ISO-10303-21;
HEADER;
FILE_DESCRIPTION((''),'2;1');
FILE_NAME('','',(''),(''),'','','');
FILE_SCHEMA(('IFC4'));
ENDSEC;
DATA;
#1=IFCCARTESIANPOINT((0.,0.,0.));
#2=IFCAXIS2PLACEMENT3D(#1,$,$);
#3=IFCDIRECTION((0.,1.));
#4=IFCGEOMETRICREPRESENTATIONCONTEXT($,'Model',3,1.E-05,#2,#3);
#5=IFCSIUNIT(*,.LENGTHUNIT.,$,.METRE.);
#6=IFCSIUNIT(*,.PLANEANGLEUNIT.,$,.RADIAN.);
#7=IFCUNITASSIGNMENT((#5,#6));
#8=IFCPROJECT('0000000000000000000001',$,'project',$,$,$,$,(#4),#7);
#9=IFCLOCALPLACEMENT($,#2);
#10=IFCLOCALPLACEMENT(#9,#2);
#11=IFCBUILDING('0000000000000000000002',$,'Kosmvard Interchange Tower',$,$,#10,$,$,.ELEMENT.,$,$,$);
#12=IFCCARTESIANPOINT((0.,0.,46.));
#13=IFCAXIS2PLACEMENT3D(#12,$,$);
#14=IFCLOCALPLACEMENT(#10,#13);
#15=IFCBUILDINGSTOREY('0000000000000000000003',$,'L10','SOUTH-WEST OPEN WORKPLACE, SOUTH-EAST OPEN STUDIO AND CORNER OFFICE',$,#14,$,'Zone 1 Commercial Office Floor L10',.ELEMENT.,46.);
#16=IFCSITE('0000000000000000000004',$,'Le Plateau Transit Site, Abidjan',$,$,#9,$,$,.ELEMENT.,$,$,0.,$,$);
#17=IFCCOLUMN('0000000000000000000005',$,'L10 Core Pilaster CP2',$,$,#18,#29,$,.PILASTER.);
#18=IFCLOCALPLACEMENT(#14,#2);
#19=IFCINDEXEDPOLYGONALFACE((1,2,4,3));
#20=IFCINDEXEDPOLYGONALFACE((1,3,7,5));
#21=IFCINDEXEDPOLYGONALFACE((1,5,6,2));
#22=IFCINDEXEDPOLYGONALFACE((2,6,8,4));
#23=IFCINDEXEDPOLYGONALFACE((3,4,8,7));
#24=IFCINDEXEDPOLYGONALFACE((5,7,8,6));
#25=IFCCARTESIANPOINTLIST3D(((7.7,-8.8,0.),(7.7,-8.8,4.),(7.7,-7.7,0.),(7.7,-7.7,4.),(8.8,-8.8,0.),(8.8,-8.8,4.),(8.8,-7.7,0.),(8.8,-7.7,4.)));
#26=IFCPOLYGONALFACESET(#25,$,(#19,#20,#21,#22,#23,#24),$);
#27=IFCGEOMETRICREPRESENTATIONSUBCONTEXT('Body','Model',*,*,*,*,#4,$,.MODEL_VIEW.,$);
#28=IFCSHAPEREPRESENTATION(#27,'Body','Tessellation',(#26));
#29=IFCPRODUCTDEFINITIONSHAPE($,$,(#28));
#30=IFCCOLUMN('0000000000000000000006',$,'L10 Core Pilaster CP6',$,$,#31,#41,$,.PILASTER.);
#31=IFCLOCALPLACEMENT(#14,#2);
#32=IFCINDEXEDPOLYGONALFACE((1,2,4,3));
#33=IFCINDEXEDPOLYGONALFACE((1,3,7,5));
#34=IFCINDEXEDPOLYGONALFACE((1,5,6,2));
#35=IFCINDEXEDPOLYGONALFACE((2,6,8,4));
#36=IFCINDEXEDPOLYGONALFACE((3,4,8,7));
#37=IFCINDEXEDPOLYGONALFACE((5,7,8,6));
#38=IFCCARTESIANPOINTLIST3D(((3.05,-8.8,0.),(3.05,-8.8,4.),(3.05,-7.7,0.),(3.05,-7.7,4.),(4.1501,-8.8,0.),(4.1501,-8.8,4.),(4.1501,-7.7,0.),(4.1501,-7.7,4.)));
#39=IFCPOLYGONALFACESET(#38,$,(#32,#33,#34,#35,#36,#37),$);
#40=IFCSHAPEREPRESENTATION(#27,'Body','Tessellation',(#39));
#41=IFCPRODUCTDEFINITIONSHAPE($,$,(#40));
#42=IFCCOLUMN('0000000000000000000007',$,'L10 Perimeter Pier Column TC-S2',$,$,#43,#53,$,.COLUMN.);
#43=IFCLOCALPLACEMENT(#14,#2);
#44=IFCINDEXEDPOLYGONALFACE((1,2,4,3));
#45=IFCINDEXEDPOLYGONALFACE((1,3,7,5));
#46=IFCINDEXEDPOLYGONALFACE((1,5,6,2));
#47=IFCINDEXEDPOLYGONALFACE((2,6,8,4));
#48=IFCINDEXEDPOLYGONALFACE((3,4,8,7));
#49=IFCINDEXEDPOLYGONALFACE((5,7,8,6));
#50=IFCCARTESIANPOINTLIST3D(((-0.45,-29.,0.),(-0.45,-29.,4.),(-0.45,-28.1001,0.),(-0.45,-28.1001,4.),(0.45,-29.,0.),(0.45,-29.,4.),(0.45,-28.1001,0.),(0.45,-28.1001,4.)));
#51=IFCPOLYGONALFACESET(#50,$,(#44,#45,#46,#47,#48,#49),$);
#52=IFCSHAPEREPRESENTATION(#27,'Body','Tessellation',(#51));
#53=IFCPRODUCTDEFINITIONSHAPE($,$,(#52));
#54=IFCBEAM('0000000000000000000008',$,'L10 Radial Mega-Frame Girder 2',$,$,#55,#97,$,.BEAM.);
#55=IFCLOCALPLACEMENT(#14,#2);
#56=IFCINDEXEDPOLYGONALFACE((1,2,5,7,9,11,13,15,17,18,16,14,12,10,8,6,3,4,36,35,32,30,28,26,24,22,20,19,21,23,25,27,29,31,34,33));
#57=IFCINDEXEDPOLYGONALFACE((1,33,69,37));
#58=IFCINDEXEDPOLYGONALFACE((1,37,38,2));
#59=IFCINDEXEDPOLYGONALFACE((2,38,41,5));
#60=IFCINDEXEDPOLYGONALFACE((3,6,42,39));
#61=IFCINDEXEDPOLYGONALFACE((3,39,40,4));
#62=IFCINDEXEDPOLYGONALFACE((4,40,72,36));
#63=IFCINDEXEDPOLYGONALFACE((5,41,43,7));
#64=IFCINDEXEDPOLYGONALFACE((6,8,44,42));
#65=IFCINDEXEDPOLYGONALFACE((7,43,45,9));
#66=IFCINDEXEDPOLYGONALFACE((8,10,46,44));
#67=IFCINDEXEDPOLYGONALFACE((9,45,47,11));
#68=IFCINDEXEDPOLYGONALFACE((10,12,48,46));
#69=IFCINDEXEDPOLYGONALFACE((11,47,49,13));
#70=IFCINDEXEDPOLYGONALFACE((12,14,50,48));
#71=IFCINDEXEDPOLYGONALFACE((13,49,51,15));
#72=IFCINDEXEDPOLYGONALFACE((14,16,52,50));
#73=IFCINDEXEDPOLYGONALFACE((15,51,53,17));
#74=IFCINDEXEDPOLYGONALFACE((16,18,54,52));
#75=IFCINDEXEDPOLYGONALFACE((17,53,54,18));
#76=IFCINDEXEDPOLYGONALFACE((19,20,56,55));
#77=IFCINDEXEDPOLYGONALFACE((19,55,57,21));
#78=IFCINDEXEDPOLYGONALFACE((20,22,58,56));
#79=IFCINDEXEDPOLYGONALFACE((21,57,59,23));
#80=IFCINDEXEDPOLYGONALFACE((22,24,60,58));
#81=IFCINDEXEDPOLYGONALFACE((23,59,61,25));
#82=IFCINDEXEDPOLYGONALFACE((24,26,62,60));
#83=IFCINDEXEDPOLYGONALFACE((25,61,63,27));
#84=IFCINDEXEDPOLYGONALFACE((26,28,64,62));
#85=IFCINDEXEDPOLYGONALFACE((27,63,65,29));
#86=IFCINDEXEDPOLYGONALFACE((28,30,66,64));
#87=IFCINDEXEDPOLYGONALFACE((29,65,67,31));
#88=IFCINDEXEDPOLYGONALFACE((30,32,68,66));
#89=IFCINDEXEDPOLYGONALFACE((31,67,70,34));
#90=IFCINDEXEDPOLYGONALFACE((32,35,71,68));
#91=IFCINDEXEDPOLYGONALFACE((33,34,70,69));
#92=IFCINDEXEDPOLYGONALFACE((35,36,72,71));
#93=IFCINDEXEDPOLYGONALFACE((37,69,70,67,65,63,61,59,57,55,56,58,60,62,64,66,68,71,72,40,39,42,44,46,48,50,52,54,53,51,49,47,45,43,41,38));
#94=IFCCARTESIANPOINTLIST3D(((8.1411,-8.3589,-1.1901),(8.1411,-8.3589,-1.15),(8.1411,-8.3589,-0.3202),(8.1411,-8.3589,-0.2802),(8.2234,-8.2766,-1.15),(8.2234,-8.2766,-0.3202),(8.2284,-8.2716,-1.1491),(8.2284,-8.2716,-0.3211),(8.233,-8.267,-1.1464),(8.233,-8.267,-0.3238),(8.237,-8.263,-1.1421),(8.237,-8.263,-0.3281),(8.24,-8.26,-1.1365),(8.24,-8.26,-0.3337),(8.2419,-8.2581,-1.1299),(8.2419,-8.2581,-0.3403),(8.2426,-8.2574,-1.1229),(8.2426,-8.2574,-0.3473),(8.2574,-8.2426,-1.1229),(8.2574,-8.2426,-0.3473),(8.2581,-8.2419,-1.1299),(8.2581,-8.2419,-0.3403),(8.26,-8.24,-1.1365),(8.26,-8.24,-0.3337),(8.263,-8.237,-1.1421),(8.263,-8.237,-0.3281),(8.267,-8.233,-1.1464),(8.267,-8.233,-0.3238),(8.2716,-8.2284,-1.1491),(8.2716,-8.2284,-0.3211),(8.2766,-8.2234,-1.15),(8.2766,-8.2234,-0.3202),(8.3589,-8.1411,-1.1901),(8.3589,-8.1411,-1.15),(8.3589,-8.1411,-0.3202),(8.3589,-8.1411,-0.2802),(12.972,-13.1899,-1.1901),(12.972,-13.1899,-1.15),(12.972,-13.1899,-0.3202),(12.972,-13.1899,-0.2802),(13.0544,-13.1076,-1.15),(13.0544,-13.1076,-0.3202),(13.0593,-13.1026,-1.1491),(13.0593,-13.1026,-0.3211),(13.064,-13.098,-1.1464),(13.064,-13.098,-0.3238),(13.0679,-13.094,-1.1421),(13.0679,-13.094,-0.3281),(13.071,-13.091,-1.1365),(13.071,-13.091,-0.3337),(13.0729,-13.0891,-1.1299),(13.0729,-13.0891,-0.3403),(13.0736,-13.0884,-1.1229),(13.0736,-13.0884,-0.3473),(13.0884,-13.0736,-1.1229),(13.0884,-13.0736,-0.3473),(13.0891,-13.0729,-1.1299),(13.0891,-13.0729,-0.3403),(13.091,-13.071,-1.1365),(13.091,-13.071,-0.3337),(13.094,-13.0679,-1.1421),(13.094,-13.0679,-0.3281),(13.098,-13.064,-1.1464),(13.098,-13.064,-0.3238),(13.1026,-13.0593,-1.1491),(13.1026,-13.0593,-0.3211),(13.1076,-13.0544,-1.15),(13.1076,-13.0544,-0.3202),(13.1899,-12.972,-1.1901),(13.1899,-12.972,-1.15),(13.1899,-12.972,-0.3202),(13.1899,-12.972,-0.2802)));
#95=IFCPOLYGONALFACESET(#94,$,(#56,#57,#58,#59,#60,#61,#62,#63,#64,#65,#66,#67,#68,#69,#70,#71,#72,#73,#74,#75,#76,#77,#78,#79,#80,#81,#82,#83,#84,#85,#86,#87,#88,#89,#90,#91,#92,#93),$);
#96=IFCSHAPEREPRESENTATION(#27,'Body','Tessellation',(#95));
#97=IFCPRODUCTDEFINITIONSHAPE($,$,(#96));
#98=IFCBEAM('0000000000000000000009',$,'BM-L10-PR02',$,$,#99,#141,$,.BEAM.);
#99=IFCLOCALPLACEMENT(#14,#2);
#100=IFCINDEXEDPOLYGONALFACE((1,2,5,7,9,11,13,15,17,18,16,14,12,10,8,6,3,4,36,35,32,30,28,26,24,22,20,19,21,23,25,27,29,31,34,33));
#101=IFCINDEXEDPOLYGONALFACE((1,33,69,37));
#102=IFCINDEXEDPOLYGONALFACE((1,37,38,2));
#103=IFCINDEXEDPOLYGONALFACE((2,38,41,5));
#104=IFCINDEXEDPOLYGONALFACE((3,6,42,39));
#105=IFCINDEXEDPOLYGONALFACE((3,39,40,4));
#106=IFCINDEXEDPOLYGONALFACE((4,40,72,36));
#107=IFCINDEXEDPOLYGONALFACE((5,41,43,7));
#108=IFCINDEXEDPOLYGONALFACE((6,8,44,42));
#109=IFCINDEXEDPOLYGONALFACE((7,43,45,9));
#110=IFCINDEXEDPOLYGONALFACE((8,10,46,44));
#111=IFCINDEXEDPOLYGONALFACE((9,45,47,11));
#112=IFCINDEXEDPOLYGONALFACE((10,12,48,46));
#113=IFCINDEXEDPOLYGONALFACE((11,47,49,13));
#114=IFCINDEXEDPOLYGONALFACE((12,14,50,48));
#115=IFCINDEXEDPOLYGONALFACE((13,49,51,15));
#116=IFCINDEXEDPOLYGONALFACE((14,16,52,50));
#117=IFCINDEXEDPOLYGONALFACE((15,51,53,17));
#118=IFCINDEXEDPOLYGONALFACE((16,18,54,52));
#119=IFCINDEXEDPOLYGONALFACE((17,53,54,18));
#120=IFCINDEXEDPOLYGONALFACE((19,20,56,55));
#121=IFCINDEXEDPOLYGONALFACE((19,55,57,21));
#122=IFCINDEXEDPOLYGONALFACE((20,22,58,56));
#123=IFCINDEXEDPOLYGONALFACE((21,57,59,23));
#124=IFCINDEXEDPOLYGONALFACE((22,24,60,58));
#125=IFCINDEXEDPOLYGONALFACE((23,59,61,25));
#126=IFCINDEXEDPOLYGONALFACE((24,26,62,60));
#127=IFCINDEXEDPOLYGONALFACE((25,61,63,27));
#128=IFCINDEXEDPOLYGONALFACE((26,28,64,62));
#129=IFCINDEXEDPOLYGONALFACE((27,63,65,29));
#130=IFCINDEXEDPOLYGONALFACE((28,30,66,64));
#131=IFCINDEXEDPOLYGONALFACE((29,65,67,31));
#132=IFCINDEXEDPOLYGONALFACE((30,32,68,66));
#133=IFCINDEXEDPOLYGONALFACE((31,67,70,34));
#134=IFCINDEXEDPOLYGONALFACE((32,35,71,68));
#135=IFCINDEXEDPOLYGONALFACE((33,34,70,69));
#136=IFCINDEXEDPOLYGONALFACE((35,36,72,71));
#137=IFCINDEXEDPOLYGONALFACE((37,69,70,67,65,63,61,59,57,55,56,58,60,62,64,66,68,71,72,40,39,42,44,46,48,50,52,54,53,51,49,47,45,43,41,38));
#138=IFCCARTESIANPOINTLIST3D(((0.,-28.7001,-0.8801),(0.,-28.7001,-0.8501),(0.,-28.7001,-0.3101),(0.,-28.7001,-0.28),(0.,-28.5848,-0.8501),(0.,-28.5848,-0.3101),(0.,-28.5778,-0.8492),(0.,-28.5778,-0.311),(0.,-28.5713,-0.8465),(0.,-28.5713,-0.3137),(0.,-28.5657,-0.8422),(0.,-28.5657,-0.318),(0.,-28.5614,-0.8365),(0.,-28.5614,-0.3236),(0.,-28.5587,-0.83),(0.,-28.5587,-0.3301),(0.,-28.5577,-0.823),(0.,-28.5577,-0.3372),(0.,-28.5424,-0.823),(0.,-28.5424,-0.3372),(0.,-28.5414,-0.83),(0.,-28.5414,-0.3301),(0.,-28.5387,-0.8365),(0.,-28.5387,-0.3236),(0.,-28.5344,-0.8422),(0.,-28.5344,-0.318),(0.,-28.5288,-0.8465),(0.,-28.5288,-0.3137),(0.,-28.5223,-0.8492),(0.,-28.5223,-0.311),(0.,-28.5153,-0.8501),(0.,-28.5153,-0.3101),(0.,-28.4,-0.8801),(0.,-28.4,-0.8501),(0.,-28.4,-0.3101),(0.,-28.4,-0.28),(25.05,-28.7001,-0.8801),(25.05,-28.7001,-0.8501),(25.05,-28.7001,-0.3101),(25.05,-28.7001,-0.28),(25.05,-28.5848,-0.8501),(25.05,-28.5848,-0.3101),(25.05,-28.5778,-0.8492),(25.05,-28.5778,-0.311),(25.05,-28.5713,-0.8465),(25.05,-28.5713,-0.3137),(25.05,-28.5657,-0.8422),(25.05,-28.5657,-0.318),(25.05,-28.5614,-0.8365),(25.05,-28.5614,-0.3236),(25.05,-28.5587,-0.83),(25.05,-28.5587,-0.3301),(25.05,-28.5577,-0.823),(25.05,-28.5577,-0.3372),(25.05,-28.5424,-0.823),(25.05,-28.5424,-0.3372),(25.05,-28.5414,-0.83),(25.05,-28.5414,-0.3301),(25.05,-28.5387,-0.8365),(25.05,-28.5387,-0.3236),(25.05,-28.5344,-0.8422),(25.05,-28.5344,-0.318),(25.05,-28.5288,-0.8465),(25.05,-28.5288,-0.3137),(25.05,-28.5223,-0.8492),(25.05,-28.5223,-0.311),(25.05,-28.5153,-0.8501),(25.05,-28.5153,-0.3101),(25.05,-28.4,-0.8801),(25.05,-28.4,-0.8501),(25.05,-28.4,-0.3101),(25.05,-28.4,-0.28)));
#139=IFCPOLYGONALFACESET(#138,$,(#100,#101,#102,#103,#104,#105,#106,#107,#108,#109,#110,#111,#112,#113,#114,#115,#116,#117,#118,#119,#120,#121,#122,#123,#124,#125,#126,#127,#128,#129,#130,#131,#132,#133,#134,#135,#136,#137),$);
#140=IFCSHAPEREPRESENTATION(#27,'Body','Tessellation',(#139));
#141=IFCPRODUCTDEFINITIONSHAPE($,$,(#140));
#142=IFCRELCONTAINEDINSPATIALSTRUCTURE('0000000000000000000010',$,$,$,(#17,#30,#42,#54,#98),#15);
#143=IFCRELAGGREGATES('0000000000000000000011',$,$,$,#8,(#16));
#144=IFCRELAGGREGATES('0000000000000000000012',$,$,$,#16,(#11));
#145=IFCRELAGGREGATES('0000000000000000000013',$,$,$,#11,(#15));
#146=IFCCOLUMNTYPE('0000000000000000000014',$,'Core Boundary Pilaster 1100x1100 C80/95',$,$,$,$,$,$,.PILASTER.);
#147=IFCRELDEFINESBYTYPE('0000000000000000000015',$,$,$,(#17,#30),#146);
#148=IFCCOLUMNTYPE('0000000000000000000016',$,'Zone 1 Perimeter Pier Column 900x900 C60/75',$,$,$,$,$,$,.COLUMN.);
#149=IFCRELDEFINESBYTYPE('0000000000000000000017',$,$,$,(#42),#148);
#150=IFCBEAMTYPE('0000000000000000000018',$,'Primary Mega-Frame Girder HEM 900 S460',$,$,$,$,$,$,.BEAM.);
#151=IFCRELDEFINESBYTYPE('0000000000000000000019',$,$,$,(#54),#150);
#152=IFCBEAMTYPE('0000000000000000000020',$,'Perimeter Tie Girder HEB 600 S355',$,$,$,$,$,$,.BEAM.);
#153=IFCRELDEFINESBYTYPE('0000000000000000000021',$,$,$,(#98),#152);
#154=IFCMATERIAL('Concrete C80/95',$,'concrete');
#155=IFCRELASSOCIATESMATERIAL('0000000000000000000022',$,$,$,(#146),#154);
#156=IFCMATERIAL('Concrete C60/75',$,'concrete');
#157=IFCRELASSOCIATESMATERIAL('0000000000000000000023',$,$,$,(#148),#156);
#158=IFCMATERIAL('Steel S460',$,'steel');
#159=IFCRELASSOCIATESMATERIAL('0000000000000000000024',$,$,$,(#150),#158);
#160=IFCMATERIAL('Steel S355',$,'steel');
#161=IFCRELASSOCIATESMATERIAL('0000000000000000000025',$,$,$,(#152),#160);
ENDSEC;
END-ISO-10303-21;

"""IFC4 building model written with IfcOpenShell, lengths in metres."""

from ifc_helpers import new_model, si_unit, direction, frame, origin, origin_2d, place, context, subcontext, project, spatial, rectangle, i_section, extrude, source, transform, mapped, material, material_profile, profile_set, type_object, element, save


model = new_model("IFC4")

# Units and contexts
model_context = context("Model", 3, precision=1e-05, world=origin(), true_north=direction((0.0, 1.0)))
body_context = subcontext(model_context, "Body", "Model", "MODEL_VIEW")
ifc_project = project(units=[si_unit("LENGTHUNIT", "METRE"), si_unit("PLANEANGLEUNIT", "RADIAN")], contexts=[model_context])

# Site, building, storey
site_placement = place(None, origin())
site = spatial("IfcSite", under=ifc_project, at=site_placement, Name="Le Plateau Transit Site, Abidjan", CompositionType="ELEMENT", RefElevation=0.0)
building_placement = place(site_placement, origin())
building = spatial("IfcBuilding", under=site, at=building_placement, Name="Kosmvard Interchange Tower", CompositionType="ELEMENT")
storey_placement = place(building_placement, frame((0.0, 0.0, 46.0)))
storey = spatial("IfcBuildingStorey", under=building, at=storey_placement, Name="L10", Description="SOUTH-WEST OPEN WORKPLACE, SOUTH-EAST OPEN STUDIO AND CORNER OFFICE", LongName="Zone 1 Commercial Office Floor L10", CompositionType="ELEMENT", Elevation=46.0)

# Columns
ifc_material_1 = material(Name="Concrete C80/95", Category="concrete")
ifc_material_profile_1 = material_profile(ifc_material_1, rectangle(XDim=1.1001, YDim=1.1001, at=origin_2d()), Name="CP 1100x1100")
ifc_profile_set_1 = profile_set([ifc_material_profile_1], Name="Concrete C80/95")
column_type_1 = type_object("IfcColumnType", Name="Core Boundary Pilaster 1100x1100 C80/95", PredefinedType="PILASTER", material=ifc_profile_set_1)
shared_shape_1 = source(origin(), body_context, "Body", "SweptSolid", [
    extrude(rectangle(XDim=1.1001, YDim=1.1001, at=origin_2d()), origin(), (0.0, 0.0, 1.0), 4.0),
])
for number, where, z_axis, x_axis, name in (
    (1, (8.25, -8.25, 0.0), (0.0, 0.0, 1.0), (1.0, 0.0, 0.0), "L10 Core Pilaster CP2"),
    (2, (3.6001, -8.25, 0.0), (0.0, 0.0, 1.0), (1.0, 0.0, 0.0), "L10 Core Pilaster CP6"),
):
    element("IfcColumn", number, at=place(storey_placement, frame(where, z_axis=z_axis, x_axis=x_axis)), inside=storey, type_object=column_type_1, Name=name, PredefinedType="PILASTER", context=body_context, shape_type="MappedRepresentation", body=[
        mapped(shared_shape_1, transform((0.0, 0.0, 0.0), scale=1.0)),
    ])
ifc_material_2 = material(Name="Concrete C60/75", Category="concrete")
ifc_material_profile_2 = material_profile(ifc_material_2, rectangle(XDim=0.8999, YDim=0.8999, at=origin_2d()), Name="TC 900x900")
ifc_profile_set_2 = profile_set([ifc_material_profile_2], Name="Concrete C60/75")
column_type_2 = type_object("IfcColumnType", Name="Zone 1 Perimeter Pier Column 900x900 C60/75", PredefinedType="COLUMN", material=ifc_profile_set_2)
shared_shape_2 = source(origin(), body_context, "Body", "SweptSolid", [
    extrude(rectangle(XDim=0.8999, YDim=0.8999, at=origin_2d()), origin(), (0.0, 0.0, 1.0), 4.0),
])
column_placement = place(storey_placement, frame((0.0, -28.55, 0.0), z_axis=(0.0, 0.0, 1.0), x_axis=(1.0, 0.0, 0.0)))
element("IfcColumn", 3, at=column_placement, inside=storey, type_object=column_type_2, Name="L10 Perimeter Pier Column TC-S2", PredefinedType="COLUMN", context=body_context, shape_type="MappedRepresentation", body=[
    mapped(shared_shape_2, transform((0.0, 0.0, 0.0), scale=1.0)),
])

# Beams
ifc_material_3 = material(Name="Steel S460", Category="steel")
ifc_material_profile_3 = material_profile(ifc_material_3, i_section(OverallWidth=0.3081, OverallDepth=0.9099, WebThickness=0.021, FlangeThickness=0.04, FilletRadius=0.0271, at=origin_2d()), Name="HEM 900")
ifc_profile_set_3 = profile_set([ifc_material_profile_3], Name="Steel S460")
beam_type_1 = type_object("IfcBeamType", Name="Primary Mega-Frame Girder HEM 900 S460", PredefinedType="BEAM", material=ifc_profile_set_3)
shared_shape_3 = source(origin(), body_context, "Body", "SweptSolid", [
    extrude(i_section(OverallWidth=0.3081, OverallDepth=0.9099, WebThickness=0.021, FlangeThickness=0.04, FilletRadius=0.0271, at=origin_2d()), origin(), (0.0, 0.0, 1.0), 6.832),
])
beam_1_placement = place(storey_placement, frame((8.25, -8.25, -0.7351), z_axis=(0.707107, -0.707107, 0.0), x_axis=(0.707107, 0.707107, 0.0)))
element("IfcBeam", 4, at=beam_1_placement, inside=storey, type_object=beam_type_1, Name="L10 Radial Mega-Frame Girder 2", PredefinedType="BEAM", context=body_context, shape_type="MappedRepresentation", body=[
    mapped(shared_shape_3, transform((0.0, 0.0, 0.0), scale=1.0)),
])
ifc_material_4 = material(Name="Steel S355", Category="steel")
ifc_material_profile_4 = material_profile(ifc_material_4, i_section(OverallWidth=0.3, OverallDepth=0.6001, WebThickness=0.0154, FlangeThickness=0.03, FilletRadius=0.0271, at=origin_2d()), Name="HEB 600")
ifc_profile_set_4 = profile_set([ifc_material_profile_4], Name="Steel S355")
beam_type_2 = type_object("IfcBeamType", Name="Perimeter Tie Girder HEB 600 S355", PredefinedType="BEAM", material=ifc_profile_set_4)
shared_shape_4 = source(origin(), body_context, "Body", "SweptSolid", [
    extrude(i_section(OverallWidth=0.3, OverallDepth=0.6001, WebThickness=0.0154, FlangeThickness=0.03, FilletRadius=0.0271, at=origin_2d()), origin(), (0.0, 0.0, 1.0), 25.05),
])
beam_2_placement = place(storey_placement, frame((0.0, -28.55, -0.5801), z_axis=(1.0, 0.0, 0.0), x_axis=(0.0, 1.0, 0.0)))
element("IfcBeam", 5, at=beam_2_placement, inside=storey, type_object=beam_type_2, Name="BM-L10-PR02", PredefinedType="BEAM", context=body_context, shape_type="MappedRepresentation", body=[
    mapped(shared_shape_4, transform((0.0, 0.0, 0.0), scale=1.0)),
])

save(model, "model.ifc")
